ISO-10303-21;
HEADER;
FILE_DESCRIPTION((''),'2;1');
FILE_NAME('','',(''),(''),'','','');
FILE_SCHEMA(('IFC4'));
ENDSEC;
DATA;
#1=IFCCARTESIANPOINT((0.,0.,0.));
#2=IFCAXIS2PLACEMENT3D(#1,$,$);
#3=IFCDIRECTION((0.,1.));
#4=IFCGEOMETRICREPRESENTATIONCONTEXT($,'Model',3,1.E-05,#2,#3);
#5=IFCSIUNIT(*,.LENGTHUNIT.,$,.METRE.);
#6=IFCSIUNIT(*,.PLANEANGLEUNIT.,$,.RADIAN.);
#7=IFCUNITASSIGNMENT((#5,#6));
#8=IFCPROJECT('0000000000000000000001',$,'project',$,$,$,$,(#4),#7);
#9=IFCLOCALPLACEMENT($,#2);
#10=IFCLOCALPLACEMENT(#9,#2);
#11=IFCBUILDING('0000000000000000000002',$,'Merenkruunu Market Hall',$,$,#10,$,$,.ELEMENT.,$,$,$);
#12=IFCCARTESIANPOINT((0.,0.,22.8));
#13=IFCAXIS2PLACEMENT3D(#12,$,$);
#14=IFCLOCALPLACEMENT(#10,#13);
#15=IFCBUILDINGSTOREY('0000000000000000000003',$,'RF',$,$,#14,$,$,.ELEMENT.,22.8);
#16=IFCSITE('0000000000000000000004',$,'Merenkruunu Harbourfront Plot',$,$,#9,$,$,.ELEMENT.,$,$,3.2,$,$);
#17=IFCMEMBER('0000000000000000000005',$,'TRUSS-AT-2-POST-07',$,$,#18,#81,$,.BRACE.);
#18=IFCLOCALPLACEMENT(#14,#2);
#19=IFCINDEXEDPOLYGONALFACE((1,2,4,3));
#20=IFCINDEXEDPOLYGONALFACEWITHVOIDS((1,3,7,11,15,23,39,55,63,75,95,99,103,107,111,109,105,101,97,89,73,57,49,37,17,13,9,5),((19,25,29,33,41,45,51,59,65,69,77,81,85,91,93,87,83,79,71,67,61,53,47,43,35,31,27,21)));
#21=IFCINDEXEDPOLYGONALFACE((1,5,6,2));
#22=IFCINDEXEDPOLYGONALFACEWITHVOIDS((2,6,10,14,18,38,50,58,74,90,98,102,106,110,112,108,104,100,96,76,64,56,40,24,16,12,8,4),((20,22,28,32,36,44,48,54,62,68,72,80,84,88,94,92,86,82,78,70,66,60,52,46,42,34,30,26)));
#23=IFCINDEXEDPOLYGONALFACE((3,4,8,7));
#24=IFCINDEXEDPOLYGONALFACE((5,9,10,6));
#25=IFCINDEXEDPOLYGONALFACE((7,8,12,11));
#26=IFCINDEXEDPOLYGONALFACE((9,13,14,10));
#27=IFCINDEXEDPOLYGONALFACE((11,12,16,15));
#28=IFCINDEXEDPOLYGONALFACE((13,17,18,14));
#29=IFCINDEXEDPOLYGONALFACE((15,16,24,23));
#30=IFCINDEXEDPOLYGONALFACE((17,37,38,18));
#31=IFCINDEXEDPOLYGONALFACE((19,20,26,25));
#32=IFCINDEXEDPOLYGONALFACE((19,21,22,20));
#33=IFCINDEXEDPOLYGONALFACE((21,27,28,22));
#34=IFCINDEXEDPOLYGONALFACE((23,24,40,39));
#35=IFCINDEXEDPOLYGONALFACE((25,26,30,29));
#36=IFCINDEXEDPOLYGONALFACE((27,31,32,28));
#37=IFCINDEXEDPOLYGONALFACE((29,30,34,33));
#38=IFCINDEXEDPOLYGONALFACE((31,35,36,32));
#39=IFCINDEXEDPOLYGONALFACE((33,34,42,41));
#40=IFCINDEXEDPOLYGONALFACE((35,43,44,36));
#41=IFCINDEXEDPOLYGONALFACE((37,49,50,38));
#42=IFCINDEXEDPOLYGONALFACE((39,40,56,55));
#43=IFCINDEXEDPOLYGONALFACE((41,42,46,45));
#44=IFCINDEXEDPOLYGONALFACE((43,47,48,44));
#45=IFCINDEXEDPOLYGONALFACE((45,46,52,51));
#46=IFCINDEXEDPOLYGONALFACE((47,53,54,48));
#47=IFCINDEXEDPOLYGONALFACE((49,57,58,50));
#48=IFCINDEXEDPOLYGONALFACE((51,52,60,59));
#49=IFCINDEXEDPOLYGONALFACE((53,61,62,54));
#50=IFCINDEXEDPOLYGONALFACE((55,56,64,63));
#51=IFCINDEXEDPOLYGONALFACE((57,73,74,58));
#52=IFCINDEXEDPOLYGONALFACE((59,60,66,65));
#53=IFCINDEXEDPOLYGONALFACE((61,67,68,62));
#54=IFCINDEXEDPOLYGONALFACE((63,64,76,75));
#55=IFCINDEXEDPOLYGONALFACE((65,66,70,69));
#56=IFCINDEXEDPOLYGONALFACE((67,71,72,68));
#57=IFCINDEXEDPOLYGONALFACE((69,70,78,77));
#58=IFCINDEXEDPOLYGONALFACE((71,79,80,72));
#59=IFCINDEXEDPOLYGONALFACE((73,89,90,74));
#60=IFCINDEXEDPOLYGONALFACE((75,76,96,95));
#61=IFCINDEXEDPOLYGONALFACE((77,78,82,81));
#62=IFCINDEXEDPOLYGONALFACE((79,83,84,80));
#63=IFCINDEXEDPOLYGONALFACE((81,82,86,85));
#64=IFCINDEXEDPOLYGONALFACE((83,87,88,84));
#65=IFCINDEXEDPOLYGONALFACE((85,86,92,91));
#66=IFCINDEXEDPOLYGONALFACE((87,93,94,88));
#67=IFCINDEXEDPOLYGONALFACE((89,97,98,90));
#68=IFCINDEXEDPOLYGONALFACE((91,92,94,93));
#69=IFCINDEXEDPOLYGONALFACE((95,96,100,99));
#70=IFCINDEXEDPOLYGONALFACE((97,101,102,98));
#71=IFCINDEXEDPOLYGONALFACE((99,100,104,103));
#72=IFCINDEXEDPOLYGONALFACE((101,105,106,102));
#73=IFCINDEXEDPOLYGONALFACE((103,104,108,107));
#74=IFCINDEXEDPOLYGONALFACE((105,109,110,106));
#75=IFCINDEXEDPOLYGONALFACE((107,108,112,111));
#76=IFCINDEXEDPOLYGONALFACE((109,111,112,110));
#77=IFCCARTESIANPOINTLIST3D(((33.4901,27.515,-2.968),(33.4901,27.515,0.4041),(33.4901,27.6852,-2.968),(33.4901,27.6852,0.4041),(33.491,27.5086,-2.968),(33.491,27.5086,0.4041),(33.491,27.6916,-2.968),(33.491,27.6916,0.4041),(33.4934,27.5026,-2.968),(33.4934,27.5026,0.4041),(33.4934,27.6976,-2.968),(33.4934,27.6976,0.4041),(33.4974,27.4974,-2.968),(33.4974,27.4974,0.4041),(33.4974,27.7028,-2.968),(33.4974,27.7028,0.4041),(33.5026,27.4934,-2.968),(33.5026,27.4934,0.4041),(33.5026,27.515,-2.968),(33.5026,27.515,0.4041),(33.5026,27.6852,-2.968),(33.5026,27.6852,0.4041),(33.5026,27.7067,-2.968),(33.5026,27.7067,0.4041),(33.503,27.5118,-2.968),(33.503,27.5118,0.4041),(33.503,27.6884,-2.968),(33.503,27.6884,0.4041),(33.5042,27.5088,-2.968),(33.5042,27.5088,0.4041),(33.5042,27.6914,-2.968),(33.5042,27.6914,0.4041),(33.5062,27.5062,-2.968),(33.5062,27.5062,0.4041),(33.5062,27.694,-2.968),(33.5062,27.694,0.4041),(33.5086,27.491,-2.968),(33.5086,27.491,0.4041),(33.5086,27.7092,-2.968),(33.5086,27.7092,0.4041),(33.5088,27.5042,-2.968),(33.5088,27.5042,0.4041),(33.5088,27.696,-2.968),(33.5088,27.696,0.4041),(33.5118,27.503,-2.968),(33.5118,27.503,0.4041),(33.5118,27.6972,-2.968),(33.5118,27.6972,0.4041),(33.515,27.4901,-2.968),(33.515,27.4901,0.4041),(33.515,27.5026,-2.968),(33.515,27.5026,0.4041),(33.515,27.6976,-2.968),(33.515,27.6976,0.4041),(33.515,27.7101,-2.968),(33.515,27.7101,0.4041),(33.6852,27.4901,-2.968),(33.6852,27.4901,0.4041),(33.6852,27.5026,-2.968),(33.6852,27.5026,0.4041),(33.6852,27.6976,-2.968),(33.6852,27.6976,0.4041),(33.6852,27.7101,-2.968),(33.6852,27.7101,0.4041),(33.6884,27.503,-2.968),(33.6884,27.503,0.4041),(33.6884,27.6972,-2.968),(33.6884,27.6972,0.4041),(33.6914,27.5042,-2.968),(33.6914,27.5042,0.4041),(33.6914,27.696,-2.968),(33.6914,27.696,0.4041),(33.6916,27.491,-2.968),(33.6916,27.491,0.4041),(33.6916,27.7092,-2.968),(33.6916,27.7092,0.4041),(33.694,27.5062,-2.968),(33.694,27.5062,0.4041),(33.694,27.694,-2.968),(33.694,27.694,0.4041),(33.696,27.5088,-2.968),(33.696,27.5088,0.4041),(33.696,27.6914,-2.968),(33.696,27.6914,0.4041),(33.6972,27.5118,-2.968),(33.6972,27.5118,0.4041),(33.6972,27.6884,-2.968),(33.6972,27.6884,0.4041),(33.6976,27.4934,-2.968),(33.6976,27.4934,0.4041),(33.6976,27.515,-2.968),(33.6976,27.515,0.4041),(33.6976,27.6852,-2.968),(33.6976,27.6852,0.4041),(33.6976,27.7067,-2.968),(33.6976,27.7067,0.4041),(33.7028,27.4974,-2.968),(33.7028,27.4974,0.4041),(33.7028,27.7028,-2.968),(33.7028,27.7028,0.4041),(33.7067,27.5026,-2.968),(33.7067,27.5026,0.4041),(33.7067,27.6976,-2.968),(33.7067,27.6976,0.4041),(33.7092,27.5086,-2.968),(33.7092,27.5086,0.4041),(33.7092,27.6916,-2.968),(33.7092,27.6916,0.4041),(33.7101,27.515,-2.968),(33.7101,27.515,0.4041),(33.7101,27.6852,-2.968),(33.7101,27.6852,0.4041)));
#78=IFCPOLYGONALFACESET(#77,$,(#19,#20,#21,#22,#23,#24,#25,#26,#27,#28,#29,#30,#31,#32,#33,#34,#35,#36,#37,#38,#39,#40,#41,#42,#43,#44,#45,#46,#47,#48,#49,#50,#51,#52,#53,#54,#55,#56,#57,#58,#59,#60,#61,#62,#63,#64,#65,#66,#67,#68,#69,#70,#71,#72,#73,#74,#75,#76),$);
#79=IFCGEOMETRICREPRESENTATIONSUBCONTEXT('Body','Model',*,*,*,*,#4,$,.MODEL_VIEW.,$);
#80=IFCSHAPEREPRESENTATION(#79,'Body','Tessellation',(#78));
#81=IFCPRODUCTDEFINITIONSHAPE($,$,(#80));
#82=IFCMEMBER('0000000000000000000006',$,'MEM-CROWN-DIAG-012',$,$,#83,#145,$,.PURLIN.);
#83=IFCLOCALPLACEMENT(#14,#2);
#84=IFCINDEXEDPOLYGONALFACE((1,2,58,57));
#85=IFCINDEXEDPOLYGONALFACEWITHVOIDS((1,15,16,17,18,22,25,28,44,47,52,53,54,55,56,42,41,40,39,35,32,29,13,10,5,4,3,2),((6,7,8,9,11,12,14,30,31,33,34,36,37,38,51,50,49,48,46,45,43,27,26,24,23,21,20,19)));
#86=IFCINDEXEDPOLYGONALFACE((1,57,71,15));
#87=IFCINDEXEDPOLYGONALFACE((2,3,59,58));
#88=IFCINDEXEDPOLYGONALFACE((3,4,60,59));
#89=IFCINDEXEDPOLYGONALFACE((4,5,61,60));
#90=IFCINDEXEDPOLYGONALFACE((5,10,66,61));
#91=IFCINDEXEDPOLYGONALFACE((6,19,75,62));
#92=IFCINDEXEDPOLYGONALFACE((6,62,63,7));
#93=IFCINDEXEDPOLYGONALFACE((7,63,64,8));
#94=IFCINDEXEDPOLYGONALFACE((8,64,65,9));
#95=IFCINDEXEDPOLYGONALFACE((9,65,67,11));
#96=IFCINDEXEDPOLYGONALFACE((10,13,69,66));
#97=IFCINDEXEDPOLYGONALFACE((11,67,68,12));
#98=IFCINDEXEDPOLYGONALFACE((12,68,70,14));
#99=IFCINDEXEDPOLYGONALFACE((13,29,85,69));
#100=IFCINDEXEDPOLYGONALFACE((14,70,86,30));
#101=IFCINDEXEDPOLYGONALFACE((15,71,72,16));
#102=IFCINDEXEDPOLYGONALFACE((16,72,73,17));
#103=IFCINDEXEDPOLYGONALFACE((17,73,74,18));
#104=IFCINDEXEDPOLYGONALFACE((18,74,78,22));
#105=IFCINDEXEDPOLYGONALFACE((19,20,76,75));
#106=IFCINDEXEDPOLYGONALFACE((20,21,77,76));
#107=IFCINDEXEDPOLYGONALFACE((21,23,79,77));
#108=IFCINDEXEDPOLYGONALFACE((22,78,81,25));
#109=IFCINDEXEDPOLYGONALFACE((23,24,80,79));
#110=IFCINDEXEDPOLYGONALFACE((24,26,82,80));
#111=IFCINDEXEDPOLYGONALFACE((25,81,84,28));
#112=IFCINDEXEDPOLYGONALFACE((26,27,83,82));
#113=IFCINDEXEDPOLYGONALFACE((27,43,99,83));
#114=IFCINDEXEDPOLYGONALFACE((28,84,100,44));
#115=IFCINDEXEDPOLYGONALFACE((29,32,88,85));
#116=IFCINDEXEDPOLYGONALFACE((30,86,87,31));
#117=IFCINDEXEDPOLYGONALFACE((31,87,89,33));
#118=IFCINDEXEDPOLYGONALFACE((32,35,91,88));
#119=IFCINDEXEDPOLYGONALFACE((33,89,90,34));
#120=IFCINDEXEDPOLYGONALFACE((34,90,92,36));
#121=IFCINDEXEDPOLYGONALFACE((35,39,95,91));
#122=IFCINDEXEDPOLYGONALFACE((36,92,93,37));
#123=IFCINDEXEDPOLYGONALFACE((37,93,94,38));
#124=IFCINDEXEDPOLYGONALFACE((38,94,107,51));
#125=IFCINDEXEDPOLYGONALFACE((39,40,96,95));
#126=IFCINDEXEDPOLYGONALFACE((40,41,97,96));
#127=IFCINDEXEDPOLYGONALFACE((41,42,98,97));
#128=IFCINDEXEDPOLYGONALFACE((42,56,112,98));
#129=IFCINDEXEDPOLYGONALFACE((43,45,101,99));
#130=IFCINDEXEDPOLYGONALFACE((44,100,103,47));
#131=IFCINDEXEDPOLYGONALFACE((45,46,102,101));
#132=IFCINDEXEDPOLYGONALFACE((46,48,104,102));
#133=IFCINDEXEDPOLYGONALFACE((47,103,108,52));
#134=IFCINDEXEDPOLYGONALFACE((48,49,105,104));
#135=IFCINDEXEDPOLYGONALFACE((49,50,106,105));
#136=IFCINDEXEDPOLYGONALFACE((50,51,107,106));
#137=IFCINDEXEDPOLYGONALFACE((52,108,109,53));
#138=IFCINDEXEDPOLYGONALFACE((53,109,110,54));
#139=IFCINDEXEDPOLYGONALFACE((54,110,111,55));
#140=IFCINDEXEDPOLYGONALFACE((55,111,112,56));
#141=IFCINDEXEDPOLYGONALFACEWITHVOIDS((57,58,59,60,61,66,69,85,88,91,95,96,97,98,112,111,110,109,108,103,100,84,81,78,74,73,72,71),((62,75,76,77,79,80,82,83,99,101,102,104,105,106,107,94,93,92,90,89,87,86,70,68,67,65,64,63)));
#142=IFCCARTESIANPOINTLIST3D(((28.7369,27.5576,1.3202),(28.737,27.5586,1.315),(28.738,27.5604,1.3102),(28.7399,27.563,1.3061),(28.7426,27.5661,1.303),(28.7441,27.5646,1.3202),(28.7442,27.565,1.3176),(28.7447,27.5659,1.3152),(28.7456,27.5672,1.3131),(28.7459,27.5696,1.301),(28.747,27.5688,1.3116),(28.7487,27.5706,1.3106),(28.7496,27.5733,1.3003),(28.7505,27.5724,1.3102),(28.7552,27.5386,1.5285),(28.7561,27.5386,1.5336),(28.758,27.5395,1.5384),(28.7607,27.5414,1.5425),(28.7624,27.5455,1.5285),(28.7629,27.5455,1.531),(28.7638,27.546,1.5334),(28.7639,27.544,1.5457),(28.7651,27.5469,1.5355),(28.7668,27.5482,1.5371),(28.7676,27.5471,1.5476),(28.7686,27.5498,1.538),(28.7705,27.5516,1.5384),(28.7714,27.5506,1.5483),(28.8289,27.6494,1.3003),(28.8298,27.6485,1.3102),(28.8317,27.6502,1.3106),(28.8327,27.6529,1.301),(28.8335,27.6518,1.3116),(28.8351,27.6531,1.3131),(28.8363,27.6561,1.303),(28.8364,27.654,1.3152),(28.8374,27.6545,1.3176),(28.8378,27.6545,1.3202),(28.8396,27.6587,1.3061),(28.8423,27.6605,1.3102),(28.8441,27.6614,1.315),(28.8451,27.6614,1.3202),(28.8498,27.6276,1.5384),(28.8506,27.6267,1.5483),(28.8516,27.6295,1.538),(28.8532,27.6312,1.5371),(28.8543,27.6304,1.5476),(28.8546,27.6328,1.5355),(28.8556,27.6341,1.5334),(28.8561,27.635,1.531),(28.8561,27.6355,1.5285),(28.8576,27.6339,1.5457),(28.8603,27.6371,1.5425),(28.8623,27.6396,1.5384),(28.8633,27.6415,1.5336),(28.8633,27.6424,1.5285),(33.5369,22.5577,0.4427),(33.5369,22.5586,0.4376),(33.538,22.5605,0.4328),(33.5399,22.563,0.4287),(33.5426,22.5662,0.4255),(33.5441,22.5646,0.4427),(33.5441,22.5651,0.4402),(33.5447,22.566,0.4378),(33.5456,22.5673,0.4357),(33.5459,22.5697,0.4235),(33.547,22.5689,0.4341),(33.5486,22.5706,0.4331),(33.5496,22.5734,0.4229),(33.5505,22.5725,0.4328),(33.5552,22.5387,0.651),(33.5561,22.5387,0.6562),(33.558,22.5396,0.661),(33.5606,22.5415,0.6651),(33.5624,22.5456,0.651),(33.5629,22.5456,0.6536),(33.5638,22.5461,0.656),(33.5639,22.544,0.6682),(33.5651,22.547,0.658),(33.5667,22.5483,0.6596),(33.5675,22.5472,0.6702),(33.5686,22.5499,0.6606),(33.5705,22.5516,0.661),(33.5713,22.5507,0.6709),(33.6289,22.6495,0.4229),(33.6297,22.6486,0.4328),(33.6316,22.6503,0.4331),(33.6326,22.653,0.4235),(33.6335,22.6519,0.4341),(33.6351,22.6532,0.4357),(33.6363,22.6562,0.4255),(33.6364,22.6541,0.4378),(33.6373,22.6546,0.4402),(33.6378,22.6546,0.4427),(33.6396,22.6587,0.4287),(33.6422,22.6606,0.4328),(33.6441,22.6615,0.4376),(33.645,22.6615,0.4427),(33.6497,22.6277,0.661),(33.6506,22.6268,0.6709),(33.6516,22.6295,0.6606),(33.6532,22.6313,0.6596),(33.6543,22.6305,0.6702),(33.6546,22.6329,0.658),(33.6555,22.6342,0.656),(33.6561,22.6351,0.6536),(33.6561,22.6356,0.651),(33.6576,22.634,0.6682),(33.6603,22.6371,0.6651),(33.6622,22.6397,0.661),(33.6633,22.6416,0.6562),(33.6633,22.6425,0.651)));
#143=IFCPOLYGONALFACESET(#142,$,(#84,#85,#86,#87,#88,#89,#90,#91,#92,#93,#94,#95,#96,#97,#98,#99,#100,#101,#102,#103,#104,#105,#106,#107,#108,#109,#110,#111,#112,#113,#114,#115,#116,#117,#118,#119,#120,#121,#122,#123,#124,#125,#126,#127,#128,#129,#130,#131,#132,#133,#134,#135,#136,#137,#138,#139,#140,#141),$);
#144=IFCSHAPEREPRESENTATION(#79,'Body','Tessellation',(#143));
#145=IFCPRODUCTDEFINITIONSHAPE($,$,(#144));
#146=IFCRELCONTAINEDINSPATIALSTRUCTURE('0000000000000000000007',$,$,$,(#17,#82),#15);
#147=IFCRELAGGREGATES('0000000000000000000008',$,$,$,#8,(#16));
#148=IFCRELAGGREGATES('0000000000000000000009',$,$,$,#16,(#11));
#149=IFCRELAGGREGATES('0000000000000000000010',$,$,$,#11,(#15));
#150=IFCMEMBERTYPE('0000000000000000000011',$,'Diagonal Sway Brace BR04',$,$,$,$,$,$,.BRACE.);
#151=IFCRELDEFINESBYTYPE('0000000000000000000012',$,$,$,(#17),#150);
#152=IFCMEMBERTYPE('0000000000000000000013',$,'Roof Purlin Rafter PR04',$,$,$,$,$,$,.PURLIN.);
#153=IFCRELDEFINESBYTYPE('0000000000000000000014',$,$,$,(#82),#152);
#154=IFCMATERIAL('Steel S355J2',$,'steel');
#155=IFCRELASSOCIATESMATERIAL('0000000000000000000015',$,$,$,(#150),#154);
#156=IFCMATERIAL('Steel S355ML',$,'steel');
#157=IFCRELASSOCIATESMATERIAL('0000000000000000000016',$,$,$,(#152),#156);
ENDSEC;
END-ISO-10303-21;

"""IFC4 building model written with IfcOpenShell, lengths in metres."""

from ifc_helpers import new_model, si_unit, direction, frame, origin, origin_2d, place, context, subcontext, project, spatial, hollow_rectangle, extrude, material, material_profile, profile_set, type_object, element, save


model = new_model("IFC4")

# Units and contexts
model_context = context("Model", 3, precision=1e-05, world=origin(), true_north=direction((0.0, 1.0)))
body_context = subcontext(model_context, "Body", "Model", "MODEL_VIEW")
ifc_project = project(units=[si_unit("LENGTHUNIT", "METRE"), si_unit("PLANEANGLEUNIT", "RADIAN")], contexts=[model_context])

# Site, building, storey
site_placement = place(None, origin())
site = spatial("IfcSite", under=ifc_project, at=site_placement, Name="Merenkruunu Harbourfront Plot", CompositionType="ELEMENT", RefElevation=3.2)
building_placement = place(site_placement, origin())
building = spatial("IfcBuilding", under=site, at=building_placement, Name="Merenkruunu Market Hall", CompositionType="ELEMENT")
storey_placement = place(building_placement, frame((0.0, 0.0, 22.8)))
storey = spatial("IfcBuildingStorey", under=building, at=storey_placement, Name="RF", CompositionType="ELEMENT", Elevation=22.8)

# Members
ifc_material_1 = material(Name="Steel S355ML", Category="steel")
ifc_material_2 = material(Name="Steel S355J2", Category="steel")
ifc_material_profile_1 = material_profile(ifc_material_2, hollow_rectangle(XDim=0.22, YDim=0.22, WallThickness=0.0125, InnerFilletRadius=0.0125, OuterFilletRadius=0.0249, at=origin_2d()), Name="SHS 220x220x12.5")
ifc_profile_set_1 = profile_set([ifc_material_profile_1], Name="Steel S355J2")
member_type_1 = type_object("IfcMemberType", Name="Diagonal Sway Brace BR04", PredefinedType="BRACE", material=ifc_profile_set_1)
member_1_placement = place(storey_placement, frame((33.6001, 27.6001, -2.968), z_axis=(0.0, 0.0, 1.0), x_axis=(1.0, 0.0, 0.0)))
element("IfcMember", 1, at=member_1_placement, inside=storey, type_object=member_type_1, Name="TRUSS-AT-2-POST-07", PredefinedType="BRACE", context=body_context, shape_type="SweptSolid", body=[
    extrude(hollow_rectangle(XDim=0.22, YDim=0.22, WallThickness=0.0125, InnerFilletRadius=0.0125, OuterFilletRadius=0.0249, at=origin_2d()), origin(), (0.0, 0.0, 1.0), 3.3721),
])
ifc_material_profile_2 = material_profile(ifc_material_1, hollow_rectangle(XDim=0.1499, YDim=0.25, WallThickness=0.01, InnerFilletRadius=0.01, OuterFilletRadius=0.02, at=origin_2d()), Name="RHS 250x150x10")
ifc_profile_set_2 = profile_set([ifc_material_profile_2], Name="Steel S355ML")
member_type_2 = type_object("IfcMemberType", Name="Roof Purlin Rafter PR04", PredefinedType="PURLIN", material=ifc_profile_set_2)
member_2_placement = place(storey_placement, frame((33.6001, 22.6001, 0.5469), z_axis=(-0.687052, 0.715672, 0.125592), x_axis=(-0.721384, -0.692535, 0.0)))
element("IfcMember", 2, at=member_2_placement, inside=storey, type_object=member_type_2, Name="MEM-CROWN-DIAG-012", PredefinedType="PURLIN", context=body_context, shape_type="SweptSolid", body=[
    extrude(hollow_rectangle(XDim=0.1499, YDim=0.25, WallThickness=0.01, InnerFilletRadius=0.01, OuterFilletRadius=0.02, at=origin_2d()), origin(), (0.0, 0.0, 1.0), 6.9863),
])

save(model, "model.ifc")
